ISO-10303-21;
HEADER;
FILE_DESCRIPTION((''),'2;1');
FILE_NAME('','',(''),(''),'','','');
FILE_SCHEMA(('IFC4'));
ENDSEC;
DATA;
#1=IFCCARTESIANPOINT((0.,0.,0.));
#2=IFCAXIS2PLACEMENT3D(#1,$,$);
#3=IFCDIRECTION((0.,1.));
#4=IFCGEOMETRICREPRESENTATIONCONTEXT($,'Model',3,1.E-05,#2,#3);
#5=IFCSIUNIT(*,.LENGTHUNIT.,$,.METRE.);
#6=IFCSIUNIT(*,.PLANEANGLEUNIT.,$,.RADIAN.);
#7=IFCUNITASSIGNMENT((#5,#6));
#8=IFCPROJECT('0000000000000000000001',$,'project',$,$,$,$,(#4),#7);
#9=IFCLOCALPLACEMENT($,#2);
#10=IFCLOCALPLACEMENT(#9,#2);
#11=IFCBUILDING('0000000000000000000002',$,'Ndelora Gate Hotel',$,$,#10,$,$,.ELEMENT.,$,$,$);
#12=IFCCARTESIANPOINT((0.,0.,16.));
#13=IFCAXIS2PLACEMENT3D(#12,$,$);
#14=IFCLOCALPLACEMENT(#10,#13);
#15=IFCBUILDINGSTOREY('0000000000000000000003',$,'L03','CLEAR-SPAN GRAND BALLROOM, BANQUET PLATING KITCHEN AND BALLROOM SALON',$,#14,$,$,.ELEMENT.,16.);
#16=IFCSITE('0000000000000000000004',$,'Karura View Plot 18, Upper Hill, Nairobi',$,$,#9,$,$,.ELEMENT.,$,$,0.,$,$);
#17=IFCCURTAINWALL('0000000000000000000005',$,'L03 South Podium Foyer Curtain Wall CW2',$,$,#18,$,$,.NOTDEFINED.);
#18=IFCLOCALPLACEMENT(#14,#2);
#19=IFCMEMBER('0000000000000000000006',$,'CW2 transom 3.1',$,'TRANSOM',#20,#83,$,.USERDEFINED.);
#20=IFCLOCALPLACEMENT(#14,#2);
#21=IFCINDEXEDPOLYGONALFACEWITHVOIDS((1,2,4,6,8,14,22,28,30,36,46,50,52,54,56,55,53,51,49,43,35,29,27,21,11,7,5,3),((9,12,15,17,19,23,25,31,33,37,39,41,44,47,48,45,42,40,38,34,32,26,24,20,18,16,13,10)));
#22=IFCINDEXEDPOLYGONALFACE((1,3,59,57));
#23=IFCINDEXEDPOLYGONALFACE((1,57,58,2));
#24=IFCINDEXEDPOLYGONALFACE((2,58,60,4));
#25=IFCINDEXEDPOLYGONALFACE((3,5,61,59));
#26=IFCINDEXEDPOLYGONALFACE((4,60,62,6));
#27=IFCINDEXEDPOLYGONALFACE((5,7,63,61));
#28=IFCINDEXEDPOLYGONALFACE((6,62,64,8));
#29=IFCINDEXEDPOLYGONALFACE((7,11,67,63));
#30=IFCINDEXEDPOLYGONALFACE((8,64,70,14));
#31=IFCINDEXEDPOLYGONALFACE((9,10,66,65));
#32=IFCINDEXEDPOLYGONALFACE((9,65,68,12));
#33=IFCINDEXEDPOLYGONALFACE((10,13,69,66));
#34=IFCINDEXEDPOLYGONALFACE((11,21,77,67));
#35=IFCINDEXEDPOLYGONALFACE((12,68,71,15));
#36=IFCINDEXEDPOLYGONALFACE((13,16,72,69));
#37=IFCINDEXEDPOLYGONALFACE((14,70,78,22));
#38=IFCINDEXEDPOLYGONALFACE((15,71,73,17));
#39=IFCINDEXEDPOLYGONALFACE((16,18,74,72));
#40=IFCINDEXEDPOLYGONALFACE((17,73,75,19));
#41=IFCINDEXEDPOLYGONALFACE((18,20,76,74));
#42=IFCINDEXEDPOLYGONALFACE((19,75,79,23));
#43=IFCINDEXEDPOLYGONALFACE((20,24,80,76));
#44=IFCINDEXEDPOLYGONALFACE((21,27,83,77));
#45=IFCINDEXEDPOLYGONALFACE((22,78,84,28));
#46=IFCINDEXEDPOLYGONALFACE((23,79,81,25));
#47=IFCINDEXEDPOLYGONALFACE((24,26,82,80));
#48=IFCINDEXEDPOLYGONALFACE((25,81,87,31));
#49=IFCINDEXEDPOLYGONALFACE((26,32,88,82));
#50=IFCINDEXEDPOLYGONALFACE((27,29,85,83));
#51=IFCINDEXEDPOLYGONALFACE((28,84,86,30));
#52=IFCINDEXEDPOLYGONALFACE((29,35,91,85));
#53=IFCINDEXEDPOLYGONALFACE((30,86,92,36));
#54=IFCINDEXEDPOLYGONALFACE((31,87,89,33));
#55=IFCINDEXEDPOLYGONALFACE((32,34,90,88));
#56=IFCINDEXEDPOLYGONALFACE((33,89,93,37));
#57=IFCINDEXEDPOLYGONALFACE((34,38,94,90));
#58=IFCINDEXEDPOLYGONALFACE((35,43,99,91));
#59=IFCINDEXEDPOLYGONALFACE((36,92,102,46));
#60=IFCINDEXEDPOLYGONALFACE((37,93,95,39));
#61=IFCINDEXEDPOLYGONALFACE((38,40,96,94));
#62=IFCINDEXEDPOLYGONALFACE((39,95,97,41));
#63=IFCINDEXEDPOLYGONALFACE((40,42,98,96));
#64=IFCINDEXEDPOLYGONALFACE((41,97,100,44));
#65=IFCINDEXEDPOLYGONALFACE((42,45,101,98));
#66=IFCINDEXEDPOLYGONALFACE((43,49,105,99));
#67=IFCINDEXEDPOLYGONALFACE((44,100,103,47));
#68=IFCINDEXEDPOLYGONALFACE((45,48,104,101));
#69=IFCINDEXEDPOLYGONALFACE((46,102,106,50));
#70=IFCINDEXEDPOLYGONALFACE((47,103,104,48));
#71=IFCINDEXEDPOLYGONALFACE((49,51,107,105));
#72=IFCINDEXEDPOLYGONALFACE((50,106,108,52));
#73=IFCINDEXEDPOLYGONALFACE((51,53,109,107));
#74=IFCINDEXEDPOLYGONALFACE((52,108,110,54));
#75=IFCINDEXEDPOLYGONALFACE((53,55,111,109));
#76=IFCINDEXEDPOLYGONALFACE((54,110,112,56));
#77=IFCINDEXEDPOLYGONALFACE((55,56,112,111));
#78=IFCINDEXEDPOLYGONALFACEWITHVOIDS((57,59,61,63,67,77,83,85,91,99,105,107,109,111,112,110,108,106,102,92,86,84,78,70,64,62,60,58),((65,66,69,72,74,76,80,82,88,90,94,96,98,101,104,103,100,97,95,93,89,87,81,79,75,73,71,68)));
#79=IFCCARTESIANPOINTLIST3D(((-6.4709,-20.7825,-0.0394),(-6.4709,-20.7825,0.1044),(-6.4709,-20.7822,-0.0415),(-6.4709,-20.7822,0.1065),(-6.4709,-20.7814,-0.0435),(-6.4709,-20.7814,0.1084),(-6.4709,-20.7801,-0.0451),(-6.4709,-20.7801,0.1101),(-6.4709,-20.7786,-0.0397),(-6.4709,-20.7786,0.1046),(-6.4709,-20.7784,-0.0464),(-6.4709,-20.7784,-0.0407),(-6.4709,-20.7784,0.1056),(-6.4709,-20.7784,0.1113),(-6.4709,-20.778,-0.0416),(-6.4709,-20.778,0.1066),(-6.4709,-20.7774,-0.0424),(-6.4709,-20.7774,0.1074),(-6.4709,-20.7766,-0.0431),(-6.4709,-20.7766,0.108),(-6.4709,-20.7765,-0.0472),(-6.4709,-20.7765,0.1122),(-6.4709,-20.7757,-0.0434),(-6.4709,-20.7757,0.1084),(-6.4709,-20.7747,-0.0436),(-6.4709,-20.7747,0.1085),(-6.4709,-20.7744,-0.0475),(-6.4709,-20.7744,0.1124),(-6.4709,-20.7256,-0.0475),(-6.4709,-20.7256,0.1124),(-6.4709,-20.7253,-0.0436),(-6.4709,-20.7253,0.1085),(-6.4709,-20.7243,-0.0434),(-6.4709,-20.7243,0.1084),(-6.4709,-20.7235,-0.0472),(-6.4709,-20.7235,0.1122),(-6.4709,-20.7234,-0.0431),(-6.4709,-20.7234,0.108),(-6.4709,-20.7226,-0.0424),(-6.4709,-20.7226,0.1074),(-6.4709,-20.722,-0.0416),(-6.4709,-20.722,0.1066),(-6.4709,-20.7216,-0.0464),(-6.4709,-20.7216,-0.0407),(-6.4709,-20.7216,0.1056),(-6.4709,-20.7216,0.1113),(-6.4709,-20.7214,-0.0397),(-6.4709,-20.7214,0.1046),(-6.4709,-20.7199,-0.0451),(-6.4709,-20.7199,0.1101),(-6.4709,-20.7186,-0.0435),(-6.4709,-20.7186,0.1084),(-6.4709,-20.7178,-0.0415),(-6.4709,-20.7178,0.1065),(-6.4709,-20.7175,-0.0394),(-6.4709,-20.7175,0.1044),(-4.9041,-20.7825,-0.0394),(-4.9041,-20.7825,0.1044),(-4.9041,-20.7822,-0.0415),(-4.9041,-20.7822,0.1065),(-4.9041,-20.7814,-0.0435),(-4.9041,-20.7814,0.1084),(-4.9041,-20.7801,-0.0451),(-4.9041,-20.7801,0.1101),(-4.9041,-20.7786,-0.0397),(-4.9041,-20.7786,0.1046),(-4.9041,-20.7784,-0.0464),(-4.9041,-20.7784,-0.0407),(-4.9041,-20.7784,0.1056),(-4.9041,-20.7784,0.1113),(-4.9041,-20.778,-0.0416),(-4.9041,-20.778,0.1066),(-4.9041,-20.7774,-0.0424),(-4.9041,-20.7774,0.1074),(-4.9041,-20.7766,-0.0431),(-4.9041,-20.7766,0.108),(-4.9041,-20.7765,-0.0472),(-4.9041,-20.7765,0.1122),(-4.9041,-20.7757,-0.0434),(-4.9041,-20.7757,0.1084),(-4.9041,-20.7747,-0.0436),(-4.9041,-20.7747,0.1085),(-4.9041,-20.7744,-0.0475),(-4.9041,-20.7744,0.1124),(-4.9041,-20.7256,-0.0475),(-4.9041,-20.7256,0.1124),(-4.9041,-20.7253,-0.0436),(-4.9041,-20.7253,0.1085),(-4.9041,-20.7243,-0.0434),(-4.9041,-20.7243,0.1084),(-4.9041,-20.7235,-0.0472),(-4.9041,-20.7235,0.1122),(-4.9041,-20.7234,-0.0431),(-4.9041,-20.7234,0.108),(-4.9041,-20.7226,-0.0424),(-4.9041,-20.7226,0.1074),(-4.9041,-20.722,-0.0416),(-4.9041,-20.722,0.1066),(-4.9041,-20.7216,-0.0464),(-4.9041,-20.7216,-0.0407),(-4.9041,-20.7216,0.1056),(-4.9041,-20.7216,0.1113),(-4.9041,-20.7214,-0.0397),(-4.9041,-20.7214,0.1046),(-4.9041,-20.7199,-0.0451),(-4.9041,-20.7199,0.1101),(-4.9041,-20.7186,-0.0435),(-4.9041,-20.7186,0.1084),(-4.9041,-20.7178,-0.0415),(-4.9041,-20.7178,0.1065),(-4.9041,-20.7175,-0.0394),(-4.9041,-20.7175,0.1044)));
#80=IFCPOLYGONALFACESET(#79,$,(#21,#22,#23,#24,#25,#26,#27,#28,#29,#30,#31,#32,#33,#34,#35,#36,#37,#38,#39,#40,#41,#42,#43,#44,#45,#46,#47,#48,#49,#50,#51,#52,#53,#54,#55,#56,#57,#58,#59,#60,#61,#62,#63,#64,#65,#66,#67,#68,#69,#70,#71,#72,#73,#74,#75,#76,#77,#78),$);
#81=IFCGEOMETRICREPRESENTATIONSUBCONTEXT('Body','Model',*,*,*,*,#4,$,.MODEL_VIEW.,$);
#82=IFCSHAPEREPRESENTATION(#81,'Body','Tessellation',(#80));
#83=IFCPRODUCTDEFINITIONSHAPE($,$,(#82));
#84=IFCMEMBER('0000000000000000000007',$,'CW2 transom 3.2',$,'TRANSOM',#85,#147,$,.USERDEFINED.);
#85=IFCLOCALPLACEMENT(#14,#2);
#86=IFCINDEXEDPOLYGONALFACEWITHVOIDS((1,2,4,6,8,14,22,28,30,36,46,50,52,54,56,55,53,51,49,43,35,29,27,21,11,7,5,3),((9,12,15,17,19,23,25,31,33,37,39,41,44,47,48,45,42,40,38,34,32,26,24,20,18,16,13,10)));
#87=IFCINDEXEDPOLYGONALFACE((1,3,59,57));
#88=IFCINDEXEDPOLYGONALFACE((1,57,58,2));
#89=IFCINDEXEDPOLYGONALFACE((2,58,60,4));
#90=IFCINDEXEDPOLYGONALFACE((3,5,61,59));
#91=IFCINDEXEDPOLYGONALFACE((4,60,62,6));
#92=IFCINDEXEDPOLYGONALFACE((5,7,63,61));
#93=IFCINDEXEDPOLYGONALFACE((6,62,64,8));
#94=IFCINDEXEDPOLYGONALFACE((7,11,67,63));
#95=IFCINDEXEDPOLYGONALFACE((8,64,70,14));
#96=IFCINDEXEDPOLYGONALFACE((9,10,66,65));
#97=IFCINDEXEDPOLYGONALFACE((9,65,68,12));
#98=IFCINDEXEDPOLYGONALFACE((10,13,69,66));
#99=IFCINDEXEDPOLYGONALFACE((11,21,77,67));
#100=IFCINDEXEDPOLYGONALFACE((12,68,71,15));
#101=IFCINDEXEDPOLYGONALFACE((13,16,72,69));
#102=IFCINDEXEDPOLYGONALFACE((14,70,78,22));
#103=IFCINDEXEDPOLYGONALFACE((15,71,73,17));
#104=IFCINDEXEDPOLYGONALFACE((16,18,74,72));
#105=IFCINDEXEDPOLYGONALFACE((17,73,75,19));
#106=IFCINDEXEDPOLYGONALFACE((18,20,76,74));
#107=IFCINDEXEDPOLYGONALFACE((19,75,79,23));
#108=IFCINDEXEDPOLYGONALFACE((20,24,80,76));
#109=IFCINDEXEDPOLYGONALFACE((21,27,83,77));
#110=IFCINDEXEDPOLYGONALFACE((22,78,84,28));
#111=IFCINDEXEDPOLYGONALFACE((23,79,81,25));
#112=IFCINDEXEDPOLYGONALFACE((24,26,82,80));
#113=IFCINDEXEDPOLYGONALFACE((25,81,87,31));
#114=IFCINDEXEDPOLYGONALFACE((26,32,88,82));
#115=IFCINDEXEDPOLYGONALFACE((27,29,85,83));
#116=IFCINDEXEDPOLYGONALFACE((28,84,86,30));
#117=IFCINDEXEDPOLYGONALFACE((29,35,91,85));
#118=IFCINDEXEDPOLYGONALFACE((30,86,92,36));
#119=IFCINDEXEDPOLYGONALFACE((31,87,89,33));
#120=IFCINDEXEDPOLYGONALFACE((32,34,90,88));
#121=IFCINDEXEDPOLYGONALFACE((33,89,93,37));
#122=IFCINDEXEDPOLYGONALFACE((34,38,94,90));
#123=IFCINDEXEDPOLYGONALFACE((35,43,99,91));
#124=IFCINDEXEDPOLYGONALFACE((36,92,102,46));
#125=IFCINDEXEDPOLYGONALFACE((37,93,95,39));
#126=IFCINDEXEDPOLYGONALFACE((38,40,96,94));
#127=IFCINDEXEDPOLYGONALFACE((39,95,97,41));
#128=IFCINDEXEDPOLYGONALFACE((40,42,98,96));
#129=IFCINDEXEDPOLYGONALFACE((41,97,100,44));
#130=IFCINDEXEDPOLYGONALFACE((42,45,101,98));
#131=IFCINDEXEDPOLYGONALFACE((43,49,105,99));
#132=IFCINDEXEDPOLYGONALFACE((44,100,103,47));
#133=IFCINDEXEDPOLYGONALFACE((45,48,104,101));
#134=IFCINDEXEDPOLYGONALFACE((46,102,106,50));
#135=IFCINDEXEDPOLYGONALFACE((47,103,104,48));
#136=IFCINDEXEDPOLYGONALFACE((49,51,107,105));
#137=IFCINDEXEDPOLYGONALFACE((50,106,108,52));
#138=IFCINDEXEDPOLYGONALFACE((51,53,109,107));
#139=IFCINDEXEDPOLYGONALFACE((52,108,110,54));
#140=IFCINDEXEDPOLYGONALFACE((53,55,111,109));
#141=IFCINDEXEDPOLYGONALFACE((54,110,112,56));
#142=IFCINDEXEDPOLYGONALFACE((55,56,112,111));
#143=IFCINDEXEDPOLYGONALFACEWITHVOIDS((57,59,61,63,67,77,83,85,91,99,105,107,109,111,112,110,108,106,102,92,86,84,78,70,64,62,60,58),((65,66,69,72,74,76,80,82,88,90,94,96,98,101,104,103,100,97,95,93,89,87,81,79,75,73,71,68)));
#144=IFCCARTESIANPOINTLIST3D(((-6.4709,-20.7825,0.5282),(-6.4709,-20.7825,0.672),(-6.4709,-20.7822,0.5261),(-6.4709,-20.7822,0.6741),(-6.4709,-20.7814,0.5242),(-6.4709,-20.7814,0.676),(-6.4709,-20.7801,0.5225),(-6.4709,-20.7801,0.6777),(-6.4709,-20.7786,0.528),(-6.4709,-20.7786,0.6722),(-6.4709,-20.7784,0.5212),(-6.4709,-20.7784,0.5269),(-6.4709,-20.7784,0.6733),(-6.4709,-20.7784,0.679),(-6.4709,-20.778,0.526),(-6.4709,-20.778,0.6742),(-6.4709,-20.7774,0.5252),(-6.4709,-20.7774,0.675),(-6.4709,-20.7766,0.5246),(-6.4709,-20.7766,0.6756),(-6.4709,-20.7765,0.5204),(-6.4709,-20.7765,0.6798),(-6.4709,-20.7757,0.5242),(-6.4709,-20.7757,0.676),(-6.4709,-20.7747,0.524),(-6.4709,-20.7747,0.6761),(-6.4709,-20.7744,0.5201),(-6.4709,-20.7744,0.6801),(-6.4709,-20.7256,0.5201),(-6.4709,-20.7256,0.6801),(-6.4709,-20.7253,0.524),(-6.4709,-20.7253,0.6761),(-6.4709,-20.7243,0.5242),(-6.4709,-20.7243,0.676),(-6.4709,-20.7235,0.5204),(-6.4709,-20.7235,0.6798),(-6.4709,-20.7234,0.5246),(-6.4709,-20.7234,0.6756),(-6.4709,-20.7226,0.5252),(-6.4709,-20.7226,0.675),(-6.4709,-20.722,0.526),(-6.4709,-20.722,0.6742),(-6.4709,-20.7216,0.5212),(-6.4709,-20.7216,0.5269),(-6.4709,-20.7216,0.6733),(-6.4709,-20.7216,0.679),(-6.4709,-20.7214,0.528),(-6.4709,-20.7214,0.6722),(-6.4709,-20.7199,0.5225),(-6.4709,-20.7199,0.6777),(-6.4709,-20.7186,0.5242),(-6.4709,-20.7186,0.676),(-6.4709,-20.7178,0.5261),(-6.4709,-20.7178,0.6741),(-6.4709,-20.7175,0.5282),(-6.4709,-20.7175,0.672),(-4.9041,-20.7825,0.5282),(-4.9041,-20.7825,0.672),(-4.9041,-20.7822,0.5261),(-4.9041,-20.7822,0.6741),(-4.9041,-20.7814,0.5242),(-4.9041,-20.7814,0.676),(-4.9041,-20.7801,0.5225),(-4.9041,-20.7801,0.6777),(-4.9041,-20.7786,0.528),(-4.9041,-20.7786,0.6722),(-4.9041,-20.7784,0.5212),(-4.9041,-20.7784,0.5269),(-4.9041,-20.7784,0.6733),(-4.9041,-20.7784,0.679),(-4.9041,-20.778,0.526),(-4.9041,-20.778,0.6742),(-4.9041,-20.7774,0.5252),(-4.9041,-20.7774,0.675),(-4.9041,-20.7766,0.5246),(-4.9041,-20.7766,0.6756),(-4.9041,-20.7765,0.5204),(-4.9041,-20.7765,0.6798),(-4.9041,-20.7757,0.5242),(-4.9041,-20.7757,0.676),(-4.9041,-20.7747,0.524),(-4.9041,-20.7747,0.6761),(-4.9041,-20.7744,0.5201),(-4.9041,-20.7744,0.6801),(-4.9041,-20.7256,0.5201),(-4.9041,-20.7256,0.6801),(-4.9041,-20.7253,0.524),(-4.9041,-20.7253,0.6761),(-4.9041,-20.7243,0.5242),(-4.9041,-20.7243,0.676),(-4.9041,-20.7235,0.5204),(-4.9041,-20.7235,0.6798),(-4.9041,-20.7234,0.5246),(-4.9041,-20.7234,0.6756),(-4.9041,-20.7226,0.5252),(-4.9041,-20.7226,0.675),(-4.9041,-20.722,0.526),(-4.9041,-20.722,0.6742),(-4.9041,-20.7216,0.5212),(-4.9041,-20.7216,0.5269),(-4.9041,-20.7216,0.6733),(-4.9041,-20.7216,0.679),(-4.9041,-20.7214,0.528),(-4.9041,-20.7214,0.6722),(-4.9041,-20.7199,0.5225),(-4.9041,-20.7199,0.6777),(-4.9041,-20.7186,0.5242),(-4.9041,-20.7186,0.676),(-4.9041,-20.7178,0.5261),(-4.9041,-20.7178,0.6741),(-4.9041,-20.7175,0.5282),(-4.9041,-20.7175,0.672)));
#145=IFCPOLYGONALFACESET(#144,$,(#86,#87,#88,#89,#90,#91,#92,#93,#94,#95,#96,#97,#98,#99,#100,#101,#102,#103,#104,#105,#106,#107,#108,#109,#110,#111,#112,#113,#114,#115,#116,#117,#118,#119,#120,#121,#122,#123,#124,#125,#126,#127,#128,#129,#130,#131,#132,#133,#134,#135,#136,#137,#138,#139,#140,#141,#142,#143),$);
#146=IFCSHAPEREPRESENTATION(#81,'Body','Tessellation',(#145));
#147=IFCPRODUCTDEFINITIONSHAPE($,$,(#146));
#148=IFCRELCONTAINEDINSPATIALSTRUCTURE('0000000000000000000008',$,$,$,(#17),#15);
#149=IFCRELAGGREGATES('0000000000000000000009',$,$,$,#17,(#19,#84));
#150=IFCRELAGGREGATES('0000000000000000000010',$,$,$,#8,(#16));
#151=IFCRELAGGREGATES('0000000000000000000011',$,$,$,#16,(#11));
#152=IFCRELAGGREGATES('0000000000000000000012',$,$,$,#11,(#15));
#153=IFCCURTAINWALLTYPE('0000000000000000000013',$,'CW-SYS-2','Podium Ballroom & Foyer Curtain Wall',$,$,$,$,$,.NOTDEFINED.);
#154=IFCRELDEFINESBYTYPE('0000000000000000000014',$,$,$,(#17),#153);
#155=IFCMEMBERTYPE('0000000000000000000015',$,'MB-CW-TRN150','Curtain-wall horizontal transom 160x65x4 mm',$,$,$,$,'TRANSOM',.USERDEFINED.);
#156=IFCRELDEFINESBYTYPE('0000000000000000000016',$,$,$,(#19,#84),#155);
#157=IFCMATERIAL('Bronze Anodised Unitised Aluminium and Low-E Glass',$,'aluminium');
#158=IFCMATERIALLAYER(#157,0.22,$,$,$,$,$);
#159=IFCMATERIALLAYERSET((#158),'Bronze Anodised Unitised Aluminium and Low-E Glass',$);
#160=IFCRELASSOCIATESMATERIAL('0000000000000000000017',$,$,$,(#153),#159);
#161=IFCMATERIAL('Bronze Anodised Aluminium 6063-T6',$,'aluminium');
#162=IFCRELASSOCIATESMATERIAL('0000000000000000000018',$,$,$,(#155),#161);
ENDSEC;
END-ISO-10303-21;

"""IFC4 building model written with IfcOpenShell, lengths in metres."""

from ifc_helpers import new_model, si_unit, direction, frame, origin, origin_2d, place, context, subcontext, project, spatial, hollow_rectangle, extrude, material, layer, layer_set, material_profile, profile_set, type_object, element, aggregate, save


model = new_model("IFC4")

# Units and contexts
model_context = context("Model", 3, precision=1e-05, world=origin(), true_north=direction((0.0, 1.0)))
body_context = subcontext(model_context, "Body", "Model", "MODEL_VIEW")
ifc_project = project(units=[si_unit("LENGTHUNIT", "METRE"), si_unit("PLANEANGLEUNIT", "RADIAN")], contexts=[model_context])

# Site, building, storey
site_placement = place(None, origin())
site = spatial("IfcSite", under=ifc_project, at=site_placement, Name="Karura View Plot 18, Upper Hill, Nairobi", CompositionType="ELEMENT", RefElevation=0.0)
building_placement = place(site_placement, origin())
building = spatial("IfcBuilding", under=site, at=building_placement, Name="Ndelora Gate Hotel", CompositionType="ELEMENT")
storey_placement = place(building_placement, frame((0.0, 0.0, 16.0)))
storey = spatial("IfcBuildingStorey", under=building, at=storey_placement, Name="L03", Description="CLEAR-SPAN GRAND BALLROOM, BANQUET PLATING KITCHEN AND BALLROOM SALON", CompositionType="ELEMENT", Elevation=16.0)

# Curtain wall, members
ifc_material_1 = material(Name="Bronze Anodised Unitised Aluminium and Low-E Glass", Category="aluminium")
ifc_layer_1 = layer(ifc_material_1, 0.22)
ifc_layer_set_1 = layer_set([ifc_layer_1], Name="Bronze Anodised Unitised Aluminium and Low-E Glass")
curtain_wall_type = type_object("IfcCurtainWallType", Name="CW-SYS-2", Description="Podium Ballroom & Foyer Curtain Wall", PredefinedType="NOTDEFINED", material=ifc_layer_set_1)
curtain_wall_placement = place(storey_placement, origin())
curtain_wall = element("IfcCurtainWall", 1, at=curtain_wall_placement, inside=storey, type_object=curtain_wall_type, Name="L03 South Podium Foyer Curtain Wall CW2", PredefinedType="NOTDEFINED")
ifc_material_2 = material(Name="Bronze Anodised Aluminium 6063-T6", Category="aluminium")
ifc_material_profile_1 = material_profile(ifc_material_2, hollow_rectangle(XDim=0.0649, YDim=0.1599, WallThickness=0.0039, InnerFilletRadius=0.0039, OuterFilletRadius=0.0081, at=origin_2d()), Name="ALU 160x65x4")
ifc_profile_set_1 = profile_set([ifc_material_profile_1], Name="Bronze Anodised Aluminium 6063-T6")
member_type_1 = type_object("IfcMemberType", Name="MB-CW-TRN150", Description="Curtain-wall horizontal transom 160x65x4 mm", ElementType="TRANSOM", PredefinedType="USERDEFINED", material=ifc_profile_set_1)
member_1_placement = place(storey_placement, frame((-6.4709, -20.75, 0.0325), z_axis=(1.0, 0.0, 0.0), x_axis=(0.0, 1.0, 0.0)))
member_1 = element("IfcMember", 2, at=member_1_placement, type_object=member_type_1, Name="CW2 transom 3.1", ObjectType="TRANSOM", PredefinedType="USERDEFINED", context=body_context, shape_type="SweptSolid", body=[
    extrude(hollow_rectangle(XDim=0.0649, YDim=0.1599, WallThickness=0.0039, InnerFilletRadius=0.0039, OuterFilletRadius=0.0081, at=origin_2d()), origin(), (0.0, 0.0, 1.0), 1.5669),
])
member_2_placement = place(storey_placement, frame((-6.4709, -20.75, 0.6001), z_axis=(1.0, 0.0, 0.0), x_axis=(0.0, 1.0, 0.0)))
member_2 = element("IfcMember", 3, at=member_2_placement, type_object=member_type_1, Name="CW2 transom 3.2", ObjectType="TRANSOM", PredefinedType="USERDEFINED", context=body_context, shape_type="SweptSolid", body=[
    extrude(hollow_rectangle(XDim=0.0649, YDim=0.1599, WallThickness=0.0039, InnerFilletRadius=0.0039, OuterFilletRadius=0.0081, at=origin_2d()), origin(), (0.0, 0.0, 1.0), 1.5669),
])
aggregate(curtain_wall, [member_1, member_2])

save(model, "model.ifc")
